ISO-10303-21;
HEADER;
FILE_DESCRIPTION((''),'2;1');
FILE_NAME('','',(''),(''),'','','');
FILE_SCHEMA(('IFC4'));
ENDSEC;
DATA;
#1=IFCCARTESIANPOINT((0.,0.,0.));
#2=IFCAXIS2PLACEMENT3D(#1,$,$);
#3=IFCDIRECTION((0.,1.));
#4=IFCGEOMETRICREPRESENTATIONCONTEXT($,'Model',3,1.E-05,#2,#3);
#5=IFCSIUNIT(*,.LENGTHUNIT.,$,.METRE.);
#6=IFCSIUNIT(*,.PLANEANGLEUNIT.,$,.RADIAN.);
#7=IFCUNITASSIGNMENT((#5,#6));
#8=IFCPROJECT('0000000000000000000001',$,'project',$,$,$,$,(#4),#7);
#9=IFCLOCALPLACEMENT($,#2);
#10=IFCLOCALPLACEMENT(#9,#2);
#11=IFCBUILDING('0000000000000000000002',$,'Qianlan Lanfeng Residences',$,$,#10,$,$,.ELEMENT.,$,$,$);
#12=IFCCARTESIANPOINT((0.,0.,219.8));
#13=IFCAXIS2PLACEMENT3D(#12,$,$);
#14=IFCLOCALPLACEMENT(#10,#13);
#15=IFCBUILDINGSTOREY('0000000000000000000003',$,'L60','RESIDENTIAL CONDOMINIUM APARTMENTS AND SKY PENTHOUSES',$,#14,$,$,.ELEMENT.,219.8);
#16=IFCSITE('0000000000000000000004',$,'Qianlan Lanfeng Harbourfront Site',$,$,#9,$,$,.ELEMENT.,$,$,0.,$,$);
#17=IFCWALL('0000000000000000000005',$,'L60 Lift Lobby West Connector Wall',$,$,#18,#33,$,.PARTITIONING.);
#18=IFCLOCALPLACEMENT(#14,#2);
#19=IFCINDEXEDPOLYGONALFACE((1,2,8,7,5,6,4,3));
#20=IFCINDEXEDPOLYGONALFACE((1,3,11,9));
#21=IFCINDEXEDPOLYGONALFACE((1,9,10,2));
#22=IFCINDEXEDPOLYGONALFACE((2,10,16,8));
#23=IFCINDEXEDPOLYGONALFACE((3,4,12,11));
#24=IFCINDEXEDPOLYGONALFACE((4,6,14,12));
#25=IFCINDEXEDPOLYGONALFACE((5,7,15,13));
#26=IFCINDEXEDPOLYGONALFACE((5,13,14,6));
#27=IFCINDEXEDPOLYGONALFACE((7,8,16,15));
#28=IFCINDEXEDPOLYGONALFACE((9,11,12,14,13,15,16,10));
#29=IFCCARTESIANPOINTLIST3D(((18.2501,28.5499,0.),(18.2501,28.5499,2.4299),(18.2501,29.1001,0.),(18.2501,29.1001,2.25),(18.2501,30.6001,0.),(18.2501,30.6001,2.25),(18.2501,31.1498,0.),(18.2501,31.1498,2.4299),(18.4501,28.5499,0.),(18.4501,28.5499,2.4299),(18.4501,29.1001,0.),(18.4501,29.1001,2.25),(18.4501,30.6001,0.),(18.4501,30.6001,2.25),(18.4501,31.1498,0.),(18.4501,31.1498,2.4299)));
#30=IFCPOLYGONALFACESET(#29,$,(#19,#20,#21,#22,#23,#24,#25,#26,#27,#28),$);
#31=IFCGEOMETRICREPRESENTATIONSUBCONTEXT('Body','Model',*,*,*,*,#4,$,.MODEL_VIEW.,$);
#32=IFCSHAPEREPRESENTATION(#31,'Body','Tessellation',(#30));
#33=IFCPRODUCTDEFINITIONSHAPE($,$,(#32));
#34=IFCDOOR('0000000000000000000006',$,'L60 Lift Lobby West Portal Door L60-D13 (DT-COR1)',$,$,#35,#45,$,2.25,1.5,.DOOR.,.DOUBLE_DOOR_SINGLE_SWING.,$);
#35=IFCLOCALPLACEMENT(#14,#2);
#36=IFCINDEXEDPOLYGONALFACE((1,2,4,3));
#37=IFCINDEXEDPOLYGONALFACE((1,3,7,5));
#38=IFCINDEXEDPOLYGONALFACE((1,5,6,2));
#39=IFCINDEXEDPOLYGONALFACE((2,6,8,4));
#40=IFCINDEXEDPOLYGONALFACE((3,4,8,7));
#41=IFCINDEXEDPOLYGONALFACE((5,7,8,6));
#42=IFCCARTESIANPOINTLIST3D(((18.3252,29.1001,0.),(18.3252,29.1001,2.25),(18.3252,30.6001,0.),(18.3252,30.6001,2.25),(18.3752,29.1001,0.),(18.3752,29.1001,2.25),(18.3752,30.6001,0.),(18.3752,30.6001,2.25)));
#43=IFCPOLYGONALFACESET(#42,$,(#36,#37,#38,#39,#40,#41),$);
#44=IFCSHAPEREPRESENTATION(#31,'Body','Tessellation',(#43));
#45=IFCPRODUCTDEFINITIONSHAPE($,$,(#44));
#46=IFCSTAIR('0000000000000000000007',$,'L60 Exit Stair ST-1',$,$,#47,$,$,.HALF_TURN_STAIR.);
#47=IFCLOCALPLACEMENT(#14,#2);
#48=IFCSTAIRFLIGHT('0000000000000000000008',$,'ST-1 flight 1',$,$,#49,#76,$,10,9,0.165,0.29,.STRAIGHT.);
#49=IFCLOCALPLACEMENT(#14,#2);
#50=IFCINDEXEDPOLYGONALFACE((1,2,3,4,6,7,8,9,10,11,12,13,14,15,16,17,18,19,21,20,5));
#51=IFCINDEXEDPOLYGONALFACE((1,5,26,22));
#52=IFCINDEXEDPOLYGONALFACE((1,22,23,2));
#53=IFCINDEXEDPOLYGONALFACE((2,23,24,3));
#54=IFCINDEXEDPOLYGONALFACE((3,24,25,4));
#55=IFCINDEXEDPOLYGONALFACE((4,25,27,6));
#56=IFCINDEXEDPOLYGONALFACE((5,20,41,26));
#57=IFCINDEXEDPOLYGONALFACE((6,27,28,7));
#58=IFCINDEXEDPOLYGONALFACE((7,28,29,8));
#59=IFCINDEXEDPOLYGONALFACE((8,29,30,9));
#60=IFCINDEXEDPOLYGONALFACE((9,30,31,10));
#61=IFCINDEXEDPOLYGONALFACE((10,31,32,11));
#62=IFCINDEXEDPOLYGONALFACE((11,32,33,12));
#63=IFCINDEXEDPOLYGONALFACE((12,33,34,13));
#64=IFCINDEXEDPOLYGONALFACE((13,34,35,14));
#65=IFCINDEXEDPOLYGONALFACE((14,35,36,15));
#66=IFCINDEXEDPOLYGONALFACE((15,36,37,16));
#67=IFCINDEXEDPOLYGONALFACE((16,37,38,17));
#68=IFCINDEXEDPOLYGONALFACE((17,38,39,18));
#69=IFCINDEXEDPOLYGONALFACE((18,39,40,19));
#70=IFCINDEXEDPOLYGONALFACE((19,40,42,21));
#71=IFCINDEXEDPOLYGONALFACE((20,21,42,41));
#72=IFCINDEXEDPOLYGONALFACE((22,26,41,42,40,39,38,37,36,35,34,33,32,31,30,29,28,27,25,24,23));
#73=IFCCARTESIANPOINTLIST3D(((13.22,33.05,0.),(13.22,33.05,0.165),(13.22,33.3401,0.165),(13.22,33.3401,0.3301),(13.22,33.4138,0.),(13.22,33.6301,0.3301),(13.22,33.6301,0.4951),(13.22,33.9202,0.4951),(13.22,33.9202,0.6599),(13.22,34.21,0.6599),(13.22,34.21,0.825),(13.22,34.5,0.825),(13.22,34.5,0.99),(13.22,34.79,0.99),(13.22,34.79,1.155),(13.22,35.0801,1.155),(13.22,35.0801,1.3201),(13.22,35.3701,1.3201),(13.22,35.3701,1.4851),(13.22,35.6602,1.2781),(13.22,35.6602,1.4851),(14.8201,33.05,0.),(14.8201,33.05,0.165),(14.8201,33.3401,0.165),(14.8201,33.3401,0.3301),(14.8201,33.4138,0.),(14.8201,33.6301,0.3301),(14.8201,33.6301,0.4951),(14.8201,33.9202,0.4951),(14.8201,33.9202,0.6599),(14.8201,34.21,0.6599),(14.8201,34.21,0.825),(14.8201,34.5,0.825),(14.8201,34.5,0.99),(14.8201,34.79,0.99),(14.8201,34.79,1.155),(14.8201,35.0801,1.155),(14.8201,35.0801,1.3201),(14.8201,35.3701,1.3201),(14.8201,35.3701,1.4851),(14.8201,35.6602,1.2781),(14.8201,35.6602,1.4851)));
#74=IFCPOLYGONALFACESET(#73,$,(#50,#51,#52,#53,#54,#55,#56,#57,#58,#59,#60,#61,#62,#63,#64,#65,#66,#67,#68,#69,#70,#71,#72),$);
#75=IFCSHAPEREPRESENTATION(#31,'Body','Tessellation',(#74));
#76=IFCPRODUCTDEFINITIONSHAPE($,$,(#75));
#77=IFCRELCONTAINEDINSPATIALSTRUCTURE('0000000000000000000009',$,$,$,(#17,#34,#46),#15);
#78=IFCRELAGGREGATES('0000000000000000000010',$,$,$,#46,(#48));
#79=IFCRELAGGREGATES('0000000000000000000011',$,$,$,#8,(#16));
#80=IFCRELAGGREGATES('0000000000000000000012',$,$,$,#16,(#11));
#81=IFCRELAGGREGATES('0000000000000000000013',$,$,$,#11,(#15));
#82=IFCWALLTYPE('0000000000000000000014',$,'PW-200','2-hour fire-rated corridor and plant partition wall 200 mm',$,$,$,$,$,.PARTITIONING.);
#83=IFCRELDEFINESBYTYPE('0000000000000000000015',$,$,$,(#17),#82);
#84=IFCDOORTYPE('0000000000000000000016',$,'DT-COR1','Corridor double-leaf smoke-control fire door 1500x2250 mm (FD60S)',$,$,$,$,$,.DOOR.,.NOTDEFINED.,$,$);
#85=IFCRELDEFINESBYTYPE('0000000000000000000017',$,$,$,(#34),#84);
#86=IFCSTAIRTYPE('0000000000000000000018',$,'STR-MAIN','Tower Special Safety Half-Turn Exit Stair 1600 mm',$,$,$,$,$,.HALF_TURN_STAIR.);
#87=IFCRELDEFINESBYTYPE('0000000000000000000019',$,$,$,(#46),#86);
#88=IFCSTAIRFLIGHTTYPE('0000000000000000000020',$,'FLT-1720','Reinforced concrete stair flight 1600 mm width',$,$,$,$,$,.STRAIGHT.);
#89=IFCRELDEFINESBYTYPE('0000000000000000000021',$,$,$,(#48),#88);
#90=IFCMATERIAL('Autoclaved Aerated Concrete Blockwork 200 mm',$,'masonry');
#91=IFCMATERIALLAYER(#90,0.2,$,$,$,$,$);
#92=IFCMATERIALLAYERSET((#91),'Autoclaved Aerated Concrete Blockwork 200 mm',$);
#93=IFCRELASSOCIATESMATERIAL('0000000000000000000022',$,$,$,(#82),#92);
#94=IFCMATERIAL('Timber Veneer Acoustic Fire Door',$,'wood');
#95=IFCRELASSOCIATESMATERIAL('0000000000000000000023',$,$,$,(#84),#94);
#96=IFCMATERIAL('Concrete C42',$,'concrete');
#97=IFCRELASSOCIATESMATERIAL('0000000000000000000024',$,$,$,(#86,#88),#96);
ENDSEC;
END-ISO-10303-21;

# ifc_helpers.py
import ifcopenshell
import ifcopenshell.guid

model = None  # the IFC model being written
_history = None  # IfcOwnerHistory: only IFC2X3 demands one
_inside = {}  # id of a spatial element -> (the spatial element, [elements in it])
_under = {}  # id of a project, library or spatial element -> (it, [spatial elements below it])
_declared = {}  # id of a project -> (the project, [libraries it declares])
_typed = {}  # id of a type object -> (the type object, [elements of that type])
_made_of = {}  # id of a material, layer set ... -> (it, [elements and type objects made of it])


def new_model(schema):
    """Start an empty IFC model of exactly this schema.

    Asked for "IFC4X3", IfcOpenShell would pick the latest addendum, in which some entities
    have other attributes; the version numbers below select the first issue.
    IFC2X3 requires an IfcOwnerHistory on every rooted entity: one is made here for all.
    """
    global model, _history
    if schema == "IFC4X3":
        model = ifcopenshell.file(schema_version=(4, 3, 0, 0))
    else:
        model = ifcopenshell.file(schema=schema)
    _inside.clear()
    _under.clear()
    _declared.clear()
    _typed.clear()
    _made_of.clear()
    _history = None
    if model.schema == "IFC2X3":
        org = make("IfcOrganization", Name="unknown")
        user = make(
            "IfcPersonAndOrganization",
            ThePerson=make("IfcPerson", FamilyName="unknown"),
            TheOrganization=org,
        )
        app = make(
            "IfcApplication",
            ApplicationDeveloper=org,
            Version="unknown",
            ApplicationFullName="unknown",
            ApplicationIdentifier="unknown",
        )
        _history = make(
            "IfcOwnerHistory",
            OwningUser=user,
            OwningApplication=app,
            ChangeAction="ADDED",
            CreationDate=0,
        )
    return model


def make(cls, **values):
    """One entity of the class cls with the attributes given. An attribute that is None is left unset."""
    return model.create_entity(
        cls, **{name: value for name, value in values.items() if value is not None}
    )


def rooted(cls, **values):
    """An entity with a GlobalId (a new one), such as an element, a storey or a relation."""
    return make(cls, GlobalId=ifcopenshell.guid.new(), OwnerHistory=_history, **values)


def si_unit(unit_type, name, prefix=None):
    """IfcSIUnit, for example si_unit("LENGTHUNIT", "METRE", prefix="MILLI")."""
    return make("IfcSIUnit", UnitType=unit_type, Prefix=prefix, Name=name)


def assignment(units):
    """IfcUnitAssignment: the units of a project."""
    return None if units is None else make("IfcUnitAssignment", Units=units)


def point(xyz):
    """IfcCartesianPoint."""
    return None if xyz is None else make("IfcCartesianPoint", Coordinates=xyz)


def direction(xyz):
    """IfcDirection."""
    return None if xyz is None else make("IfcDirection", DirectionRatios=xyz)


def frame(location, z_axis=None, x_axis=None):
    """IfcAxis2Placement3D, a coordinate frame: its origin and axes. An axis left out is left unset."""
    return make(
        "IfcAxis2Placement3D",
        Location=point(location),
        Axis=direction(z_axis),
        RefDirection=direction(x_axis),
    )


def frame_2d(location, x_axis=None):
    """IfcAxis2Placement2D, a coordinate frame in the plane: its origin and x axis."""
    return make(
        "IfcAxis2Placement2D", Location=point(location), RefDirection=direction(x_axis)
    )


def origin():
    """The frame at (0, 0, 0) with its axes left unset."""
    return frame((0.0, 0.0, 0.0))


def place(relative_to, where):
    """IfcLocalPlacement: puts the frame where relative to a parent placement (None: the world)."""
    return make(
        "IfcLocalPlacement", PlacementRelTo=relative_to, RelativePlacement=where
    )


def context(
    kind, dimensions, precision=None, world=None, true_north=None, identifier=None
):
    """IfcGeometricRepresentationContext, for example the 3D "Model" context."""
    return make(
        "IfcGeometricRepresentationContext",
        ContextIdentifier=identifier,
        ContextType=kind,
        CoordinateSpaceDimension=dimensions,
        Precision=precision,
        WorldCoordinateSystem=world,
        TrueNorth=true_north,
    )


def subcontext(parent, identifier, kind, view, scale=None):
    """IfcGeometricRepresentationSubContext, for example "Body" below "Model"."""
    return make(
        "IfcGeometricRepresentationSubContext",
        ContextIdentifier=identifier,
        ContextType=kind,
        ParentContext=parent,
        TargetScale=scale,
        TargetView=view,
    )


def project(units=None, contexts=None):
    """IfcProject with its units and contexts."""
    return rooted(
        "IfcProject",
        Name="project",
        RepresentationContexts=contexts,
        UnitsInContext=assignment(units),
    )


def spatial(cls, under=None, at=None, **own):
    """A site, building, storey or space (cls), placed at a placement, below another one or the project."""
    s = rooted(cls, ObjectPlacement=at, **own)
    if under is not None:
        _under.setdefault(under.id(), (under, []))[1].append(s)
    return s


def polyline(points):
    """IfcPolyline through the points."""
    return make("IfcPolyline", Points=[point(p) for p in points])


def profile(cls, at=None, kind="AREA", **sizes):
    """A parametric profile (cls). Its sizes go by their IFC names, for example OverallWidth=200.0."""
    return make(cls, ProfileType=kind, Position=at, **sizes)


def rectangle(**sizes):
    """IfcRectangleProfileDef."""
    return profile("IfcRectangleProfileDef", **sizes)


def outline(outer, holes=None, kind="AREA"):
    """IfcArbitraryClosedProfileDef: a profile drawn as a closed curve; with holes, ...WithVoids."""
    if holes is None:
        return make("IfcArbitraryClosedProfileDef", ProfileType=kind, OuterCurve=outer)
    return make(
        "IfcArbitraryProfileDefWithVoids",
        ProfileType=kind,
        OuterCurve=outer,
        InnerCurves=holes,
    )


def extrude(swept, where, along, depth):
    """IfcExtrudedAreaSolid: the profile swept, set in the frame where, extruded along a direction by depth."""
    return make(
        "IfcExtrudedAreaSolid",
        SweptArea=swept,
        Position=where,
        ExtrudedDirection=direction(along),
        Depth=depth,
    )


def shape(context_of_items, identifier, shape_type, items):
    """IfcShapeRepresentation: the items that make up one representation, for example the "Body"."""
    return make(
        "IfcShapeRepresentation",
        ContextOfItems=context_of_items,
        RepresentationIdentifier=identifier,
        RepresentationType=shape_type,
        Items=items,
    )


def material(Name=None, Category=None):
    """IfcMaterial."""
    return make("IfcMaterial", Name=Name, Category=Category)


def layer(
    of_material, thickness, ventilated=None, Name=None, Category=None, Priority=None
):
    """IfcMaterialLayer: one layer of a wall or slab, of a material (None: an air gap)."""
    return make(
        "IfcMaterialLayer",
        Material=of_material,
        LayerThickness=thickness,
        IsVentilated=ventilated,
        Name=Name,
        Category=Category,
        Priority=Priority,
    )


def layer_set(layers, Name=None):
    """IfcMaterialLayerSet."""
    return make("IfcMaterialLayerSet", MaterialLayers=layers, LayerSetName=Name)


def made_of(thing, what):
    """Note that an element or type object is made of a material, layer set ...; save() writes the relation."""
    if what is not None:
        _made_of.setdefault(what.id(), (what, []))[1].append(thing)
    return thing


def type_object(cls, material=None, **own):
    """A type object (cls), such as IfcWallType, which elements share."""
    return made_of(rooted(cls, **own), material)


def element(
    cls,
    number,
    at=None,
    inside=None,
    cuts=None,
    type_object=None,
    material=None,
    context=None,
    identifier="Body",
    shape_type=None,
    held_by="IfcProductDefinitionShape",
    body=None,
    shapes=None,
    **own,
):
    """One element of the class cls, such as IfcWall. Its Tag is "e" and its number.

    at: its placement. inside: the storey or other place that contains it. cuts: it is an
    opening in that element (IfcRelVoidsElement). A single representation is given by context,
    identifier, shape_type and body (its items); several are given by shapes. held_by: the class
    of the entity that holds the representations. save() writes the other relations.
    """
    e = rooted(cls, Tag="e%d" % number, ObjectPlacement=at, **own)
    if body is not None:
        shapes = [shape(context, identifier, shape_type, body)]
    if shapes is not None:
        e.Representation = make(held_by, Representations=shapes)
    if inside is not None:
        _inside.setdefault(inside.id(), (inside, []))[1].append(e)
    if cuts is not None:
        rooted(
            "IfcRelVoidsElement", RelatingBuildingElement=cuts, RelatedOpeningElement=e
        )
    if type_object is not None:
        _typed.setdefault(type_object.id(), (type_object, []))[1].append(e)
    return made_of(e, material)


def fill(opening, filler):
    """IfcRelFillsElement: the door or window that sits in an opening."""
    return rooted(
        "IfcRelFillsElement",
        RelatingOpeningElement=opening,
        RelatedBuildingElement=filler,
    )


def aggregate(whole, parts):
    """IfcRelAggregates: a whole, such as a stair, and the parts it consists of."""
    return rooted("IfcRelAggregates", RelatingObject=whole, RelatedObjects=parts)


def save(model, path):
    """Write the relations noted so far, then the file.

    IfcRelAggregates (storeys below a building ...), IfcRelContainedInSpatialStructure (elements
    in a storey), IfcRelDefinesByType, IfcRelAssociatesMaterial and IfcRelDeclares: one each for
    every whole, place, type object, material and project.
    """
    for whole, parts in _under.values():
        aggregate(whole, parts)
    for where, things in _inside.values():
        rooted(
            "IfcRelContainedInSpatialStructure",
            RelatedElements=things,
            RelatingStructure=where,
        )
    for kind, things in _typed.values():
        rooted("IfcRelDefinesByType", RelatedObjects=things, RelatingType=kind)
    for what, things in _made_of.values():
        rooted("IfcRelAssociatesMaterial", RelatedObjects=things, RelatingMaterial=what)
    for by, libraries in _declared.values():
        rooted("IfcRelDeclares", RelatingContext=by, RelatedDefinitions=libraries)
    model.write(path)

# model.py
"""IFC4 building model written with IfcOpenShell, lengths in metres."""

from ifc_helpers import new_model, si_unit, direction, frame, frame_2d, origin, place, context, subcontext, project, spatial, polyline, rectangle, outline, extrude, material, layer, layer_set, type_object, element, fill, aggregate, save


model = new_model("IFC4")

# Units and contexts
model_context = context("Model", 3, precision=1e-05, world=origin(), true_north=direction((0.0, 1.0)))
body_context = subcontext(model_context, "Body", "Model", "MODEL_VIEW")
ifc_project = project(units=[si_unit("LENGTHUNIT", "METRE"), si_unit("PLANEANGLEUNIT", "RADIAN")], contexts=[model_context])

# Site, building, storey
site_placement = place(None, origin())
site = spatial("IfcSite", under=ifc_project, at=site_placement, Name="Qianlan Lanfeng Harbourfront Site", CompositionType="ELEMENT", RefElevation=0.0)
building_placement = place(site_placement, origin())
building = spatial("IfcBuilding", under=site, at=building_placement, Name="Qianlan Lanfeng Residences", CompositionType="ELEMENT")
storey_placement = place(building_placement, frame((0.0, 0.0, 219.8)))
storey = spatial("IfcBuildingStorey", under=building, at=storey_placement, Name="L60", Description="RESIDENTIAL CONDOMINIUM APARTMENTS AND SKY PENTHOUSES", CompositionType="ELEMENT", Elevation=219.8)

# Wall, opening, door
ifc_material_1 = material(Name="Autoclaved Aerated Concrete Blockwork 200 mm", Category="masonry")
ifc_layer_1 = layer(ifc_material_1, 0.2)
ifc_layer_set_1 = layer_set([ifc_layer_1], Name="Autoclaved Aerated Concrete Blockwork 200 mm")
wall_type_1 = type_object("IfcWallType", Name="PW-200", Description="2-hour fire-rated corridor and plant partition wall 200 mm", PredefinedType="PARTITIONING", material=ifc_layer_set_1)
wall_1_placement = place(storey_placement, frame((18.3501, 28.55, 0.0), z_axis=(0.0, 0.0, 1.0), x_axis=(0.0, 1.0, 0.0)))
wall_1 = element("IfcWall", 1, at=wall_1_placement, inside=storey, type_object=wall_type_1, Name="L60 Lift Lobby West Connector Wall", PredefinedType="PARTITIONING", context=body_context, shape_type="SweptSolid", body=[
    extrude(rectangle(XDim=2.5999, YDim=0.2, at=frame_2d((1.2998, 0.0))), origin(), (0.0, 0.0, 1.0), 2.4299),
])
opening_1_placement = place(wall_1_placement, frame((0.55, 0.0, 0.0)))
opening_1 = element("IfcOpeningElement", 2, at=opening_1_placement, cuts=wall_1, PredefinedType="OPENING", context=body_context, shape_type="SweptSolid", body=[
    extrude(rectangle(XDim=1.5, YDim=2.25, at=frame_2d((0.75, 1.125))), frame((0.0, 0.1099, 0.0), z_axis=(0.0, -1.0, 0.0), x_axis=(1.0, 0.0, 0.0)), (0.0, 0.0, 1.0), 0.22),
])
ifc_material_2 = material(Name="Timber Veneer Acoustic Fire Door", Category="wood")
door_type_1 = type_object("IfcDoorType", Name="DT-COR1", Description="Corridor double-leaf smoke-control fire door 1500x2250 mm (FD60S)", OperationType="NOTDEFINED", PredefinedType="DOOR", material=ifc_material_2)
door_1_placement = place(opening_1_placement, origin())
door_1 = element("IfcDoor", 3, at=door_1_placement, inside=storey, type_object=door_type_1, Name="L60 Lift Lobby West Portal Door L60-D13 (DT-COR1)", OperationType="DOUBLE_DOOR_SINGLE_SWING", OverallHeight=2.25, OverallWidth=1.5, PredefinedType="DOOR", context=body_context, shape_type="SweptSolid", body=[
    extrude(rectangle(XDim=1.5, YDim=2.25, at=frame_2d((0.75, 1.125))), frame((0.0, 0.0249, 0.0), z_axis=(0.0, -1.0, 0.0), x_axis=(1.0, 0.0, 0.0)), (0.0, 0.0, 1.0), 0.05),
])
fill(opening_1, door_1)

# Stair, stair flight
ifc_material_3 = material(Name="Concrete C42", Category="concrete")
stair_type = type_object("IfcStairType", Name="STR-MAIN", Description="Tower Special Safety Half-Turn Exit Stair 1600 mm", PredefinedType="HALF_TURN_STAIR", material=ifc_material_3)
stair_placement = place(storey_placement, origin())
stair = element("IfcStair", 4, at=stair_placement, inside=storey, type_object=stair_type, Name="L60 Exit Stair ST-1", PredefinedType="HALF_TURN_STAIR")
stair_flight_type = type_object("IfcStairFlightType", Name="FLT-1720", Description="Reinforced concrete stair flight 1600 mm width", PredefinedType="STRAIGHT", material=ifc_material_3)
stair_flight_placement = place(storey_placement, frame((14.02, 33.05, 0.0), z_axis=(0.0, 0.0, 1.0), x_axis=(0.0, 1.0, 0.0)))
stair_flight = element("IfcStairFlight", 5, at=stair_flight_placement, type_object=stair_flight_type, Name="ST-1 flight 1", NumberOfRisers=10, NumberOfTreads=9, PredefinedType="STRAIGHT", RiserHeight=0.165, TreadLength=0.29, context=body_context, shape_type="SweptSolid", body=[
    extrude(outline(polyline([(0.0, 0.0), (0.0, 0.165), (0.29, 0.165), (0.29, 0.3301), (0.5801, 0.3301), (0.5801, 0.4951), (0.8701, 0.4951), (0.8701, 0.6599), (1.1599, 0.6599), (1.1599, 0.825), (1.45, 0.825), (1.45, 0.99), (1.74, 0.99), (1.74, 1.155), (2.03, 1.155), (2.03, 1.3201), (2.3201, 1.3201), (2.3201, 1.4851), (2.6101, 1.4851), (2.6101, 1.6499), (2.6101, 1.2781), (0.3638, 0.0), (0.0, 0.0)])), frame((0.0, 0.8, 0.0), z_axis=(0.0, -1.0, 0.0), x_axis=(1.0, 0.0, 0.0)), (0.0, 0.0, 1.0), 1.6001),
])
aggregate(stair, [stair_flight])

save(model, "model.ifc")
